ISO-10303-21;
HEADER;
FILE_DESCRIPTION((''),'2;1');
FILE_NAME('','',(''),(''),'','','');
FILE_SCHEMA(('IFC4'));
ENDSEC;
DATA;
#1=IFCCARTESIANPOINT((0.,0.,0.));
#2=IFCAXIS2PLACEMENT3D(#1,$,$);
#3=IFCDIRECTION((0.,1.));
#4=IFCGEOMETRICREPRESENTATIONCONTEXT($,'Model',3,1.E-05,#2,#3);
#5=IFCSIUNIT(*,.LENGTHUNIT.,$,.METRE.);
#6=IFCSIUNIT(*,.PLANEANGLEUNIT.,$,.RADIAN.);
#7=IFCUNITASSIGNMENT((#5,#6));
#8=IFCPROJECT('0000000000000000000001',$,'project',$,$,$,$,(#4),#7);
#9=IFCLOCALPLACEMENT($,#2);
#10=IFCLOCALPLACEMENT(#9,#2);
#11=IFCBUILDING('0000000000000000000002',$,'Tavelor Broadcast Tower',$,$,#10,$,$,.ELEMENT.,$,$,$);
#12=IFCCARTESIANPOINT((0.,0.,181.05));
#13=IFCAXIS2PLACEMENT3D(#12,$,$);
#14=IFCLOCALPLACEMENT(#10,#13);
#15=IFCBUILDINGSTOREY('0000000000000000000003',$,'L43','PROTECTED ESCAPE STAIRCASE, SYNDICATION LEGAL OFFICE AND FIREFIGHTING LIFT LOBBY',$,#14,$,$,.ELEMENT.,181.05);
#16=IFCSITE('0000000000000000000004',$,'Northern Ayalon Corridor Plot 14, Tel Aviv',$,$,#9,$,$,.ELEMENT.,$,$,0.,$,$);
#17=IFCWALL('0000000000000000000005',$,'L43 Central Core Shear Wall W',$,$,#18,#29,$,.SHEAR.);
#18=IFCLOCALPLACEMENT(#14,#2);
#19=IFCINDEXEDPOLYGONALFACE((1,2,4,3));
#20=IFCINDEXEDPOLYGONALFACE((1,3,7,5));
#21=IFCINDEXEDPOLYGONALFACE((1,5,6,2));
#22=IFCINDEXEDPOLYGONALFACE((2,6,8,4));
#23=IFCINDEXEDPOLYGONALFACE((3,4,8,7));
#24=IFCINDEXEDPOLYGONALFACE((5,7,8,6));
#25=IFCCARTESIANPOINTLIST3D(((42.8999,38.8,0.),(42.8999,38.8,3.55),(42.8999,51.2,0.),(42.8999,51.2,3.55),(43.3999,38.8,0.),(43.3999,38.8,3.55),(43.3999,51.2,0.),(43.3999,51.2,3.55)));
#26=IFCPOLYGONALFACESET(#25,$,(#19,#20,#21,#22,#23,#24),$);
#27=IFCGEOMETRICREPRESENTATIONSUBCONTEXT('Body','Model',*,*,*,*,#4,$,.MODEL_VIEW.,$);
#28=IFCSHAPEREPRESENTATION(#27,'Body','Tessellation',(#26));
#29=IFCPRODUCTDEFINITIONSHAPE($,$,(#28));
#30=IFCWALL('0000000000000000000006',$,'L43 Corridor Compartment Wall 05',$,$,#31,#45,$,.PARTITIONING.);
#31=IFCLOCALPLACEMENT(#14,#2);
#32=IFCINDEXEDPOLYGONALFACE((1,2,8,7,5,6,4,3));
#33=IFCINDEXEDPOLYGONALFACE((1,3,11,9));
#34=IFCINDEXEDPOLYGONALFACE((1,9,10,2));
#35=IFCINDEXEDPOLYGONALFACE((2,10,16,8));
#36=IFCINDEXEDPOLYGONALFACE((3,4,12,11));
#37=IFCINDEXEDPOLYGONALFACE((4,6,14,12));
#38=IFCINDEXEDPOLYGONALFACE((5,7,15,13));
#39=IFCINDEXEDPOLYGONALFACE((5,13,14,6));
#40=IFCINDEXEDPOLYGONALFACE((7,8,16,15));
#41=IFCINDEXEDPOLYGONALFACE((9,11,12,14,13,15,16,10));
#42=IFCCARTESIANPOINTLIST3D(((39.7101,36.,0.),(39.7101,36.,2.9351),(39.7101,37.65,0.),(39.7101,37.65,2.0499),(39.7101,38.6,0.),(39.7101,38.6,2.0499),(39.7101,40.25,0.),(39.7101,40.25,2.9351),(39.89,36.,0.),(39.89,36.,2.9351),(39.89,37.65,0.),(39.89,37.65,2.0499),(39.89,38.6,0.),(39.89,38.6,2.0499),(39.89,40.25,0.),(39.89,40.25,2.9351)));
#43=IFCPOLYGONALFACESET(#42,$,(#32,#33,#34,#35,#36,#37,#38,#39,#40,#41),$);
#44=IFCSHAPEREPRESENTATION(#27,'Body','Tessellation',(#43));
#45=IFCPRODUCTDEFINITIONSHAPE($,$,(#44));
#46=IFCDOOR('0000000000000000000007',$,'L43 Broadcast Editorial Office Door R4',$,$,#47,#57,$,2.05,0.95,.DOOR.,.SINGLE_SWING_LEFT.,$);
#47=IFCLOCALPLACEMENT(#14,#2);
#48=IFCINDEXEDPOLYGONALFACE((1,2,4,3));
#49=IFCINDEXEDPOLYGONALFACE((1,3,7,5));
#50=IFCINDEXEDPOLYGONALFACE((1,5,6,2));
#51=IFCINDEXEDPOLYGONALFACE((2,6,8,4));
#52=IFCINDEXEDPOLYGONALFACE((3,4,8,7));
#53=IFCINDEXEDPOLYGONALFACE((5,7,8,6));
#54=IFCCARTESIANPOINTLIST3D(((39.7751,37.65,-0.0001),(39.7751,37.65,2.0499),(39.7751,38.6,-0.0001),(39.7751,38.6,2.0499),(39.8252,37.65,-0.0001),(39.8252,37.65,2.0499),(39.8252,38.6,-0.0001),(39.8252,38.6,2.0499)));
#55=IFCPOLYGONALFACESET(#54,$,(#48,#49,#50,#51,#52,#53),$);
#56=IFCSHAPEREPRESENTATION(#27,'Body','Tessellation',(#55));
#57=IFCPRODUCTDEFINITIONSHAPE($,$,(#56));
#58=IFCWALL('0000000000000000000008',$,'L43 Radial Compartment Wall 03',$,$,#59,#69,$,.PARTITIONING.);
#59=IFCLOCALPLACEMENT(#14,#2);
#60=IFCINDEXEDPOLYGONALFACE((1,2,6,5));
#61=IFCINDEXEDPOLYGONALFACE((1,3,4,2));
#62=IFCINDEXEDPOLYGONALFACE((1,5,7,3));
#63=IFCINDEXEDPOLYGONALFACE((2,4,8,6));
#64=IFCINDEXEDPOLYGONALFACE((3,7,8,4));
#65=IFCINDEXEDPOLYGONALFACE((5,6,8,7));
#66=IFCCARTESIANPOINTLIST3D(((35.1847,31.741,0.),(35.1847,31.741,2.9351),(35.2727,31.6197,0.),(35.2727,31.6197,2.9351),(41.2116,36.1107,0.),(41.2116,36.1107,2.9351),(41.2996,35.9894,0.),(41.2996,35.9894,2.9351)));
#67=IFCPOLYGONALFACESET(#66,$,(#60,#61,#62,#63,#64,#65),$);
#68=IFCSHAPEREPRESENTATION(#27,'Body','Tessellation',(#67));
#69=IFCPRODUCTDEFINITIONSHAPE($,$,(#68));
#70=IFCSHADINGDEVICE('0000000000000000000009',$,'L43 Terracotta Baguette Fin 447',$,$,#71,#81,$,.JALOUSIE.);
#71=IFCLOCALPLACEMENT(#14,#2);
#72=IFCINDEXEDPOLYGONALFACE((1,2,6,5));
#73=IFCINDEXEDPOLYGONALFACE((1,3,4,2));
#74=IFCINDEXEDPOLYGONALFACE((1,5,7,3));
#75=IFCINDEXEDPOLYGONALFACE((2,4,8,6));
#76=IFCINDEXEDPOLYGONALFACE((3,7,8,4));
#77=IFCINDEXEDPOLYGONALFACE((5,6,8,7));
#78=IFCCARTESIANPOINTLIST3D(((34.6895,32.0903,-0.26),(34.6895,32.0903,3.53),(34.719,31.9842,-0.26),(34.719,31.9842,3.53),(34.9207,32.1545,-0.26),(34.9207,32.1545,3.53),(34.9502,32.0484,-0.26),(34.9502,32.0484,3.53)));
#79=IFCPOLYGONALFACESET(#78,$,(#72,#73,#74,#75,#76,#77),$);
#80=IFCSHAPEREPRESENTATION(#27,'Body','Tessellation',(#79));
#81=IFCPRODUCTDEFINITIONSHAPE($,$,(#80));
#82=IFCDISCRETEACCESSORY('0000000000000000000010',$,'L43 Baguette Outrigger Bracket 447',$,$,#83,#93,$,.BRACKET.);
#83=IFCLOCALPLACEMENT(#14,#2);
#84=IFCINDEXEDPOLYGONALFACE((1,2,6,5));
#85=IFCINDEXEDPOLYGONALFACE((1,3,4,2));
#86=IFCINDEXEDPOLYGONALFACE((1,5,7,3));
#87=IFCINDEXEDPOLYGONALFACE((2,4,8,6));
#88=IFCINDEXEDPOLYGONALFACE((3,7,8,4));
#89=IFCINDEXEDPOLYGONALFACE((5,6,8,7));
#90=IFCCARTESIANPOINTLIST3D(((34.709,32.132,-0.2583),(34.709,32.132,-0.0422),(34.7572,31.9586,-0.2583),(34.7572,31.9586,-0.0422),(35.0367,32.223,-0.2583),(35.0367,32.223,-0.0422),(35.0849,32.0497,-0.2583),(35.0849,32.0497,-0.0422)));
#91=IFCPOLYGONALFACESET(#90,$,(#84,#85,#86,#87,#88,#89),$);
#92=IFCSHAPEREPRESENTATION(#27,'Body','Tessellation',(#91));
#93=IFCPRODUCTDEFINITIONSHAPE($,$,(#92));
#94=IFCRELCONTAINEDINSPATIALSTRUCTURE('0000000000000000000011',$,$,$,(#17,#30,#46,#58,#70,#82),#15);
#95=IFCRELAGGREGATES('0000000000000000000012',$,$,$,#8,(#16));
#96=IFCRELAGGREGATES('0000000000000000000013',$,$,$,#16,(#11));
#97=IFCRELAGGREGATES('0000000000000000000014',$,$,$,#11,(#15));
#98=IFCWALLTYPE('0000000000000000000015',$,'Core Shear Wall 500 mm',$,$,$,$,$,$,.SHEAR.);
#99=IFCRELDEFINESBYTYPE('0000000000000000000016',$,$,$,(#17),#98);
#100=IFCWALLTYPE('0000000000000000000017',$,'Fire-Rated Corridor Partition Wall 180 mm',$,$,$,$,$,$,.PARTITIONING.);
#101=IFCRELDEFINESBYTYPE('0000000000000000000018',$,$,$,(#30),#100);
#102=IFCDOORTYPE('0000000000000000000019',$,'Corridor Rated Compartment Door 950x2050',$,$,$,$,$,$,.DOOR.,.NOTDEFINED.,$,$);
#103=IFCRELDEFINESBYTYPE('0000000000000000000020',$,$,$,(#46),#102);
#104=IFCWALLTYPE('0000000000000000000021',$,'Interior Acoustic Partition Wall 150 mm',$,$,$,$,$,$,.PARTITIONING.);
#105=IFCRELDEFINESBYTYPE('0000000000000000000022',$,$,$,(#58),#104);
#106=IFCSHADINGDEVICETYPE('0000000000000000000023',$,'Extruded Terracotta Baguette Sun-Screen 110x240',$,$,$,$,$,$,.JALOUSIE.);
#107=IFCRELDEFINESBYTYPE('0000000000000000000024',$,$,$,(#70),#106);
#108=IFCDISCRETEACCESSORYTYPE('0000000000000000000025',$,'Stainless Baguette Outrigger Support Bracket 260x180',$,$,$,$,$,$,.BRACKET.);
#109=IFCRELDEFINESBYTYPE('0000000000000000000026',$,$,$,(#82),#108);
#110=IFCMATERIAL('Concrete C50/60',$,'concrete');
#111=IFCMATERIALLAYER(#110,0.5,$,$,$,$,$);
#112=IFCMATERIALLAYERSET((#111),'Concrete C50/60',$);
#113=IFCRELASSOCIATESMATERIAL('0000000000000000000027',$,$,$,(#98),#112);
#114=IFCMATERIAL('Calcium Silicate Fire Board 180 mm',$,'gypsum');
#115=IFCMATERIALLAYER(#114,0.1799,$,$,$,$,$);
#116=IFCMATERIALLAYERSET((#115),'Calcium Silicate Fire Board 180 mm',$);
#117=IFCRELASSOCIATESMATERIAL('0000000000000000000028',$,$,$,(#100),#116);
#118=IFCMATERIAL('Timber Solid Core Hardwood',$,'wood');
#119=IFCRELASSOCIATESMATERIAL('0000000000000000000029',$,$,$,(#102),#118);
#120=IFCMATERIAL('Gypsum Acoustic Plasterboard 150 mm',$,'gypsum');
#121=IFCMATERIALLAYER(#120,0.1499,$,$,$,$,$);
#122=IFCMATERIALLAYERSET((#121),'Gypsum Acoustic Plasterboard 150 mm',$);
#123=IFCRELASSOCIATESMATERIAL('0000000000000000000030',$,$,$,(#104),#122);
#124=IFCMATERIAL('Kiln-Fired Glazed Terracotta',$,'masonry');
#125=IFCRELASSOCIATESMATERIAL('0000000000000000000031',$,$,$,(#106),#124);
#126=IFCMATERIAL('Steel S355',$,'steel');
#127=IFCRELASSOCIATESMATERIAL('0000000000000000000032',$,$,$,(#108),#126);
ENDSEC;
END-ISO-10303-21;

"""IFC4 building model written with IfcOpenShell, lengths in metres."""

from ifc_helpers import new_model, si_unit, direction, frame, frame_2d, origin, origin_2d, place, context, subcontext, project, spatial, rectangle, extrude, source, transform, mapped, material, layer, layer_set, type_object, type_shapes, element, fill, save


model = new_model("IFC4")

# Units and contexts
model_context = context("Model", 3, precision=1e-05, world=origin(), true_north=direction((0.0, 1.0)))
body_context = subcontext(model_context, "Body", "Model", "MODEL_VIEW")
ifc_project = project(units=[si_unit("LENGTHUNIT", "METRE"), si_unit("PLANEANGLEUNIT", "RADIAN")], contexts=[model_context])

# Site, building, storey
site_placement = place(None, origin())
site = spatial("IfcSite", under=ifc_project, at=site_placement, Name="Northern Ayalon Corridor Plot 14, Tel Aviv", CompositionType="ELEMENT", RefElevation=0.0)
building_placement = place(site_placement, origin())
building = spatial("IfcBuilding", under=site, at=building_placement, Name="Tavelor Broadcast Tower", CompositionType="ELEMENT")
storey_placement = place(building_placement, frame((0.0, 0.0, 181.05)))
storey = spatial("IfcBuildingStorey", under=building, at=storey_placement, Name="L43", Description="PROTECTED ESCAPE STAIRCASE, SYNDICATION LEGAL OFFICE AND FIREFIGHTING LIFT LOBBY", CompositionType="ELEMENT", Elevation=181.05)

# Shared definitions
ifc_material_1 = material(Name="Steel S355", Category="steel")

# Shared definitions
ifc_material_2 = material(Name="Concrete C50/60", Category="concrete")
ifc_layer_1 = layer(ifc_material_2, 0.5)
ifc_layer_set_1 = layer_set([ifc_layer_1], Name="Concrete C50/60")
wall_type_1 = type_object("IfcWallType", Name="Core Shear Wall 500 mm", PredefinedType="SHEAR", material=ifc_layer_set_1)

# Wall
wall_1_placement = place(storey_placement, frame((43.1499, 38.8, 0.0), z_axis=(0.0, 0.0, 1.0), x_axis=(0.0, 1.0, 0.0)))
element("IfcWall", 1, at=wall_1_placement, inside=storey, type_object=wall_type_1, Name="L43 Central Core Shear Wall W", PredefinedType="SHEAR", context=body_context, shape_type="SweptSolid", body=[
    extrude(rectangle(XDim=12.3999, YDim=0.5, at=frame_2d((6.2, 0.0))), origin(), (0.0, 0.0, 1.0), 3.55),
])

# Wall, opening, door
ifc_material_3 = material(Name="Calcium Silicate Fire Board 180 mm", Category="gypsum")
ifc_layer_2 = layer(ifc_material_3, 0.1799)
ifc_layer_set_2 = layer_set([ifc_layer_2], Name="Calcium Silicate Fire Board 180 mm")
wall_type_2 = type_object("IfcWallType", Name="Fire-Rated Corridor Partition Wall 180 mm", PredefinedType="PARTITIONING", material=ifc_layer_set_2)
wall_2_placement = place(storey_placement, frame((39.8, 36.0, 0.0), z_axis=(0.0, 0.0, 1.0), x_axis=(0.0, 1.0, 0.0)))
wall_2 = element("IfcWall", 2, at=wall_2_placement, inside=storey, type_object=wall_type_2, Name="L43 Corridor Compartment Wall 05", PredefinedType="PARTITIONING", context=body_context, shape_type="SweptSolid", body=[
    extrude(rectangle(XDim=4.25, YDim=0.1799, at=frame_2d((2.125, 0.0))), origin(), (0.0, 0.0, 1.0), 2.9351),
])
opening_1_placement = place(wall_2_placement, frame((1.6499, 0.0, 0.0)))
opening_1 = element("IfcOpeningElement", 3, at=opening_1_placement, cuts=wall_2, PredefinedType="OPENING", context=body_context, shape_type="SweptSolid", body=[
    extrude(rectangle(XDim=0.95, YDim=2.05, at=frame_2d((0.4751, 1.0249))), frame((0.0, 0.1001, 0.0), z_axis=(0.0, -1.0, 0.0), x_axis=(1.0, 0.0, 0.0)), (0.0, 0.0, 1.0), 0.2),
])
ifc_material_4 = material(Name="Timber Solid Core Hardwood", Category="wood")
door_type_1 = type_object("IfcDoorType", Name="Corridor Rated Compartment Door 950x2050", OperationType="NOTDEFINED", PredefinedType="DOOR", material=ifc_material_4)
door_1_placement = place(opening_1_placement, origin())
door_1 = element("IfcDoor", 4, at=door_1_placement, inside=storey, type_object=door_type_1, Name="L43 Broadcast Editorial Office Door R4", OperationType="SINGLE_SWING_LEFT", OverallHeight=2.05, OverallWidth=0.95, PredefinedType="DOOR", context=body_context, shape_type="SweptSolid", body=[
    extrude(rectangle(XDim=0.95, YDim=2.05, at=frame_2d((0.4751, 1.0249))), frame((0.0, 0.0249, 0.0), z_axis=(0.0, -1.0, 0.0), x_axis=(1.0, 0.0, 0.0)), (0.0, 0.0, 1.0), 0.05),
])
fill(opening_1, door_1)

# Wall
ifc_material_5 = material(Name="Gypsum Acoustic Plasterboard 150 mm", Category="gypsum")
ifc_layer_3 = layer(ifc_material_5, 0.1499)
ifc_layer_set_3 = layer_set([ifc_layer_3], Name="Gypsum Acoustic Plasterboard 150 mm")
wall_type_3 = type_object("IfcWallType", Name="Interior Acoustic Partition Wall 150 mm", PredefinedType="PARTITIONING", material=ifc_layer_set_3)
wall_3_placement = place(storey_placement, frame((41.2556, 36.05, 0.0), z_axis=(0.0, 0.0, 1.0), x_axis=(-0.8096, -0.586982, 0.0)))
element("IfcWall", 5, at=wall_3_placement, inside=storey, type_object=wall_type_3, Name="L43 Radial Compartment Wall 03", PredefinedType="PARTITIONING", context=body_context, shape_type="SweptSolid", body=[
    extrude(rectangle(XDim=7.4443, YDim=0.1499, at=frame_2d((3.7222, 0.0))), origin(), (0.0, 0.0, 1.0), 2.9351),
])

# Shading device
ifc_material_6 = material(Name="Kiln-Fired Glazed Terracotta", Category="masonry")
shading_device_type = type_object("IfcShadingDeviceType", Name="Extruded Terracotta Baguette Sun-Screen 110x240", PredefinedType="JALOUSIE", material=ifc_material_6)
shared_shape_1 = source(origin(), body_context, "Body", "SweptSolid", [
    extrude(rectangle(XDim=0.1101, YDim=0.24, at=origin_2d()), origin(), (0.0, 0.0, 1.0), 3.79),
])
type_shapes(shading_device_type, [shared_shape_1])
shading_device_placement = place(storey_placement, frame((34.8198, 32.0693, -0.26), z_axis=(0.0, 0.0, 1.0), x_axis=(0.267743, -0.96349, 0.0)))
element("IfcShadingDevice", 6, at=shading_device_placement, inside=storey, type_object=shading_device_type, Name="L43 Terracotta Baguette Fin 447", PredefinedType="JALOUSIE", context=body_context, shape_type="MappedRepresentation", body=[
    mapped(shared_shape_1, transform((0.0, 0.0, 0.0), scale=1.0)),
])

# Discrete accessory
discrete_accessory_type = type_object("IfcDiscreteAccessoryType", Name="Stainless Baguette Outrigger Support Bracket 260x180", PredefinedType="BRACKET", material=ifc_material_1)
shared_shape_2 = source(origin(), body_context, "Body", "SweptSolid", [
    extrude(rectangle(XDim=0.1799, YDim=0.3401, at=origin_2d()), origin(), (0.0, 0.0, 1.0), 0.2161),
])
type_shapes(discrete_accessory_type, [shared_shape_2])
discrete_accessory_placement = place(storey_placement, frame((34.897, 32.0908, -0.2583), z_axis=(0.0, 0.0, 1.0), x_axis=(0.267743, -0.96349, 0.0)))
element("IfcDiscreteAccessory", 7, at=discrete_accessory_placement, inside=storey, type_object=discrete_accessory_type, Name="L43 Baguette Outrigger Bracket 447", PredefinedType="BRACKET", context=body_context, shape_type="MappedRepresentation", body=[
    mapped(shared_shape_2, transform((0.0, 0.0, 0.0), scale=1.0)),
])

save(model, "model.ifc")
